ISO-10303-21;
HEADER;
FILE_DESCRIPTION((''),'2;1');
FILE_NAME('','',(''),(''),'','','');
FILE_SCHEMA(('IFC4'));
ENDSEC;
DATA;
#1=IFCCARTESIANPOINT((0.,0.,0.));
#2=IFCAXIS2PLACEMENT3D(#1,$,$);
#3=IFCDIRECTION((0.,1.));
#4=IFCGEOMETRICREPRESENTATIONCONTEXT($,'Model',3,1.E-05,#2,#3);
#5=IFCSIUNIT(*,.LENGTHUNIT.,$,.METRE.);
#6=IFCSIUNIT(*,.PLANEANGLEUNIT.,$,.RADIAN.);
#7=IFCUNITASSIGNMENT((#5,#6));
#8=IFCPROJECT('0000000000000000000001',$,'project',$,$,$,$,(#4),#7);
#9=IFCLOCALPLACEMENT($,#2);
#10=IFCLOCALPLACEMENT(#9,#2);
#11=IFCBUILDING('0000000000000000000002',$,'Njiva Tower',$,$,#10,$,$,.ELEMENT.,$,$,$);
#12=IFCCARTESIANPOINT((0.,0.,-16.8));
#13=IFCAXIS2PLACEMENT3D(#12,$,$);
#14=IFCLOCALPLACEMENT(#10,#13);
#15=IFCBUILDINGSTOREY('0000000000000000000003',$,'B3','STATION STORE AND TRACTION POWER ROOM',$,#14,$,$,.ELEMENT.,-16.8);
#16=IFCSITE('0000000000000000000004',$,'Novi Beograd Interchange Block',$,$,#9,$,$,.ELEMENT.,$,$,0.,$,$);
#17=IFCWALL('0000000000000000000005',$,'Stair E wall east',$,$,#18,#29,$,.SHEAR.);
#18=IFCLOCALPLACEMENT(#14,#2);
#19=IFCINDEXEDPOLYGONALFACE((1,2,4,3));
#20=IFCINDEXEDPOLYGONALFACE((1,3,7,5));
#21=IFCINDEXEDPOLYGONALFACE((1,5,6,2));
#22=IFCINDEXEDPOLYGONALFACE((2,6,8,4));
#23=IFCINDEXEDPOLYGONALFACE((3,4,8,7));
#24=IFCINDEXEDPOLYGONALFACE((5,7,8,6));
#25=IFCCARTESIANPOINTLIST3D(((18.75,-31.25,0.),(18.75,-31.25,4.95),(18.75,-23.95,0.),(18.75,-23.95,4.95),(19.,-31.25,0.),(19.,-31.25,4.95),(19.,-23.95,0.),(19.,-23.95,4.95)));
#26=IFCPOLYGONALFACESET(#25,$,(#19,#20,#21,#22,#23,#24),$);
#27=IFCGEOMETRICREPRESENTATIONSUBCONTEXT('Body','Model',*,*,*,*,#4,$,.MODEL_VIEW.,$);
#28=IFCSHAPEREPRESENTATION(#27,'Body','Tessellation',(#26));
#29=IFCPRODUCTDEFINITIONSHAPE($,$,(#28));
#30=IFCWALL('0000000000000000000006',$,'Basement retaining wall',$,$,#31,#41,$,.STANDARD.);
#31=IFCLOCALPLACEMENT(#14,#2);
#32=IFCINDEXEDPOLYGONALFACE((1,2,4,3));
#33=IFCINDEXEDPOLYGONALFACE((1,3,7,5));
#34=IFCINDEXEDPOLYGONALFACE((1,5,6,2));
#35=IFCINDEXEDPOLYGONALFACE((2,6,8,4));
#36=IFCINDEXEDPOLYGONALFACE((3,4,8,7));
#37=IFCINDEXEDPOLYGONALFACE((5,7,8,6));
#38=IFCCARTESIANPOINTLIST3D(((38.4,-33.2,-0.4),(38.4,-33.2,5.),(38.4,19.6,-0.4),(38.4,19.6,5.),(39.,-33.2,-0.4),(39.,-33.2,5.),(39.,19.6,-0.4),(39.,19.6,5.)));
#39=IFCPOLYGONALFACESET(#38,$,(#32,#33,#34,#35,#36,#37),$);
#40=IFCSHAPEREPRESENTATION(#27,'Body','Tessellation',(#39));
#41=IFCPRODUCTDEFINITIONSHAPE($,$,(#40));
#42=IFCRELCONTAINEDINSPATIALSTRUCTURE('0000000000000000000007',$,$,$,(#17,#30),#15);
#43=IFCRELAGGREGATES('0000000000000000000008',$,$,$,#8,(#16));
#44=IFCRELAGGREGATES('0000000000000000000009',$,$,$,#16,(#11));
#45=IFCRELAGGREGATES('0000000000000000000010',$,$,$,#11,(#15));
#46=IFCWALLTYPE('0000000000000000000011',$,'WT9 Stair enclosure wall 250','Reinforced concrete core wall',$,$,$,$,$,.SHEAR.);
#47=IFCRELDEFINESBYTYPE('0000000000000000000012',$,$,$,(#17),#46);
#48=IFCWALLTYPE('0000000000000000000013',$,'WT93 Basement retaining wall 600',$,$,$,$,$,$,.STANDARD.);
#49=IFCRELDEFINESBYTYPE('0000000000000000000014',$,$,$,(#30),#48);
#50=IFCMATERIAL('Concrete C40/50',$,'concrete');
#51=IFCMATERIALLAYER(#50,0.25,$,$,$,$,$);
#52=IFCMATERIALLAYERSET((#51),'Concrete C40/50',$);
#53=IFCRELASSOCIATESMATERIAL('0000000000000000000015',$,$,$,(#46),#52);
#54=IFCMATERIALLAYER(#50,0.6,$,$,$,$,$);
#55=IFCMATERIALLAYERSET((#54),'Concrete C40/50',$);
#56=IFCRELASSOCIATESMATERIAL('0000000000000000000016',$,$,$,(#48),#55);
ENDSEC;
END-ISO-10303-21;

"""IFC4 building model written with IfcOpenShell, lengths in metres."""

from ifc_helpers import new_model, si_unit, direction, frame, frame_2d, origin, place, context, subcontext, project, spatial, rectangle, extrude, material, layer, layer_set, type_object, element, save


model = new_model("IFC4")

# Units and contexts
model_context = context("Model", 3, precision=1e-05, world=origin(), true_north=direction((0.0, 1.0)))
body_context = subcontext(model_context, "Body", "Model", "MODEL_VIEW")
ifc_project = project(units=[si_unit("LENGTHUNIT", "METRE"), si_unit("PLANEANGLEUNIT", "RADIAN")], contexts=[model_context])

# Site, building, storey
site_placement = place(None, origin())
site = spatial("IfcSite", under=ifc_project, at=site_placement, Name="Novi Beograd Interchange Block", CompositionType="ELEMENT", RefElevation=0.0)
building_placement = place(site_placement, origin())
building = spatial("IfcBuilding", under=site, at=building_placement, Name="Njiva Tower", CompositionType="ELEMENT")
storey_placement = place(building_placement, frame((0.0, 0.0, -16.8)))
storey = spatial("IfcBuildingStorey", under=building, at=storey_placement, Name="B3", Description="STATION STORE AND TRACTION POWER ROOM", CompositionType="ELEMENT", Elevation=-16.8)

# Walls
ifc_material_1 = material(Name="Concrete C40/50", Category="concrete")
ifc_layer_1 = layer(ifc_material_1, 0.25)
ifc_layer_set_1 = layer_set([ifc_layer_1], Name="Concrete C40/50")
wall_type_1 = type_object("IfcWallType", Name="WT9 Stair enclosure wall 250", Description="Reinforced concrete core wall", PredefinedType="SHEAR", material=ifc_layer_set_1)
wall_1_placement = place(storey_placement, frame((18.875, -31.25, 0.0), z_axis=(0.0, 0.0, 1.0), x_axis=(0.0, 1.0, 0.0)))
element("IfcWall", 1, at=wall_1_placement, inside=storey, type_object=wall_type_1, Name="Stair E wall east", PredefinedType="SHEAR", context=body_context, shape_type="SweptSolid", body=[
    extrude(rectangle(XDim=7.3, YDim=0.25, at=frame_2d((3.65, 0.0))), origin(), (0.0, 0.0, 1.0), 4.95),
])
ifc_layer_2 = layer(ifc_material_1, 0.6)
ifc_layer_set_2 = layer_set([ifc_layer_2], Name="Concrete C40/50")
wall_type_2 = type_object("IfcWallType", Name="WT93 Basement retaining wall 600", PredefinedType="STANDARD", material=ifc_layer_set_2)
wall_2_placement = place(storey_placement, frame((38.7, -33.2, -0.4), z_axis=(0.0, 0.0, 1.0), x_axis=(0.0, 1.0, 0.0)))
element("IfcWall", 2, at=wall_2_placement, inside=storey, type_object=wall_type_2, Name="Basement retaining wall", PredefinedType="STANDARD", context=body_context, shape_type="SweptSolid", body=[
    extrude(rectangle(XDim=52.8, YDim=0.6, at=frame_2d((26.4, 0.0))), origin(), (0.0, 0.0, 1.0), 5.4),
])

save(model, "model.ifc")
